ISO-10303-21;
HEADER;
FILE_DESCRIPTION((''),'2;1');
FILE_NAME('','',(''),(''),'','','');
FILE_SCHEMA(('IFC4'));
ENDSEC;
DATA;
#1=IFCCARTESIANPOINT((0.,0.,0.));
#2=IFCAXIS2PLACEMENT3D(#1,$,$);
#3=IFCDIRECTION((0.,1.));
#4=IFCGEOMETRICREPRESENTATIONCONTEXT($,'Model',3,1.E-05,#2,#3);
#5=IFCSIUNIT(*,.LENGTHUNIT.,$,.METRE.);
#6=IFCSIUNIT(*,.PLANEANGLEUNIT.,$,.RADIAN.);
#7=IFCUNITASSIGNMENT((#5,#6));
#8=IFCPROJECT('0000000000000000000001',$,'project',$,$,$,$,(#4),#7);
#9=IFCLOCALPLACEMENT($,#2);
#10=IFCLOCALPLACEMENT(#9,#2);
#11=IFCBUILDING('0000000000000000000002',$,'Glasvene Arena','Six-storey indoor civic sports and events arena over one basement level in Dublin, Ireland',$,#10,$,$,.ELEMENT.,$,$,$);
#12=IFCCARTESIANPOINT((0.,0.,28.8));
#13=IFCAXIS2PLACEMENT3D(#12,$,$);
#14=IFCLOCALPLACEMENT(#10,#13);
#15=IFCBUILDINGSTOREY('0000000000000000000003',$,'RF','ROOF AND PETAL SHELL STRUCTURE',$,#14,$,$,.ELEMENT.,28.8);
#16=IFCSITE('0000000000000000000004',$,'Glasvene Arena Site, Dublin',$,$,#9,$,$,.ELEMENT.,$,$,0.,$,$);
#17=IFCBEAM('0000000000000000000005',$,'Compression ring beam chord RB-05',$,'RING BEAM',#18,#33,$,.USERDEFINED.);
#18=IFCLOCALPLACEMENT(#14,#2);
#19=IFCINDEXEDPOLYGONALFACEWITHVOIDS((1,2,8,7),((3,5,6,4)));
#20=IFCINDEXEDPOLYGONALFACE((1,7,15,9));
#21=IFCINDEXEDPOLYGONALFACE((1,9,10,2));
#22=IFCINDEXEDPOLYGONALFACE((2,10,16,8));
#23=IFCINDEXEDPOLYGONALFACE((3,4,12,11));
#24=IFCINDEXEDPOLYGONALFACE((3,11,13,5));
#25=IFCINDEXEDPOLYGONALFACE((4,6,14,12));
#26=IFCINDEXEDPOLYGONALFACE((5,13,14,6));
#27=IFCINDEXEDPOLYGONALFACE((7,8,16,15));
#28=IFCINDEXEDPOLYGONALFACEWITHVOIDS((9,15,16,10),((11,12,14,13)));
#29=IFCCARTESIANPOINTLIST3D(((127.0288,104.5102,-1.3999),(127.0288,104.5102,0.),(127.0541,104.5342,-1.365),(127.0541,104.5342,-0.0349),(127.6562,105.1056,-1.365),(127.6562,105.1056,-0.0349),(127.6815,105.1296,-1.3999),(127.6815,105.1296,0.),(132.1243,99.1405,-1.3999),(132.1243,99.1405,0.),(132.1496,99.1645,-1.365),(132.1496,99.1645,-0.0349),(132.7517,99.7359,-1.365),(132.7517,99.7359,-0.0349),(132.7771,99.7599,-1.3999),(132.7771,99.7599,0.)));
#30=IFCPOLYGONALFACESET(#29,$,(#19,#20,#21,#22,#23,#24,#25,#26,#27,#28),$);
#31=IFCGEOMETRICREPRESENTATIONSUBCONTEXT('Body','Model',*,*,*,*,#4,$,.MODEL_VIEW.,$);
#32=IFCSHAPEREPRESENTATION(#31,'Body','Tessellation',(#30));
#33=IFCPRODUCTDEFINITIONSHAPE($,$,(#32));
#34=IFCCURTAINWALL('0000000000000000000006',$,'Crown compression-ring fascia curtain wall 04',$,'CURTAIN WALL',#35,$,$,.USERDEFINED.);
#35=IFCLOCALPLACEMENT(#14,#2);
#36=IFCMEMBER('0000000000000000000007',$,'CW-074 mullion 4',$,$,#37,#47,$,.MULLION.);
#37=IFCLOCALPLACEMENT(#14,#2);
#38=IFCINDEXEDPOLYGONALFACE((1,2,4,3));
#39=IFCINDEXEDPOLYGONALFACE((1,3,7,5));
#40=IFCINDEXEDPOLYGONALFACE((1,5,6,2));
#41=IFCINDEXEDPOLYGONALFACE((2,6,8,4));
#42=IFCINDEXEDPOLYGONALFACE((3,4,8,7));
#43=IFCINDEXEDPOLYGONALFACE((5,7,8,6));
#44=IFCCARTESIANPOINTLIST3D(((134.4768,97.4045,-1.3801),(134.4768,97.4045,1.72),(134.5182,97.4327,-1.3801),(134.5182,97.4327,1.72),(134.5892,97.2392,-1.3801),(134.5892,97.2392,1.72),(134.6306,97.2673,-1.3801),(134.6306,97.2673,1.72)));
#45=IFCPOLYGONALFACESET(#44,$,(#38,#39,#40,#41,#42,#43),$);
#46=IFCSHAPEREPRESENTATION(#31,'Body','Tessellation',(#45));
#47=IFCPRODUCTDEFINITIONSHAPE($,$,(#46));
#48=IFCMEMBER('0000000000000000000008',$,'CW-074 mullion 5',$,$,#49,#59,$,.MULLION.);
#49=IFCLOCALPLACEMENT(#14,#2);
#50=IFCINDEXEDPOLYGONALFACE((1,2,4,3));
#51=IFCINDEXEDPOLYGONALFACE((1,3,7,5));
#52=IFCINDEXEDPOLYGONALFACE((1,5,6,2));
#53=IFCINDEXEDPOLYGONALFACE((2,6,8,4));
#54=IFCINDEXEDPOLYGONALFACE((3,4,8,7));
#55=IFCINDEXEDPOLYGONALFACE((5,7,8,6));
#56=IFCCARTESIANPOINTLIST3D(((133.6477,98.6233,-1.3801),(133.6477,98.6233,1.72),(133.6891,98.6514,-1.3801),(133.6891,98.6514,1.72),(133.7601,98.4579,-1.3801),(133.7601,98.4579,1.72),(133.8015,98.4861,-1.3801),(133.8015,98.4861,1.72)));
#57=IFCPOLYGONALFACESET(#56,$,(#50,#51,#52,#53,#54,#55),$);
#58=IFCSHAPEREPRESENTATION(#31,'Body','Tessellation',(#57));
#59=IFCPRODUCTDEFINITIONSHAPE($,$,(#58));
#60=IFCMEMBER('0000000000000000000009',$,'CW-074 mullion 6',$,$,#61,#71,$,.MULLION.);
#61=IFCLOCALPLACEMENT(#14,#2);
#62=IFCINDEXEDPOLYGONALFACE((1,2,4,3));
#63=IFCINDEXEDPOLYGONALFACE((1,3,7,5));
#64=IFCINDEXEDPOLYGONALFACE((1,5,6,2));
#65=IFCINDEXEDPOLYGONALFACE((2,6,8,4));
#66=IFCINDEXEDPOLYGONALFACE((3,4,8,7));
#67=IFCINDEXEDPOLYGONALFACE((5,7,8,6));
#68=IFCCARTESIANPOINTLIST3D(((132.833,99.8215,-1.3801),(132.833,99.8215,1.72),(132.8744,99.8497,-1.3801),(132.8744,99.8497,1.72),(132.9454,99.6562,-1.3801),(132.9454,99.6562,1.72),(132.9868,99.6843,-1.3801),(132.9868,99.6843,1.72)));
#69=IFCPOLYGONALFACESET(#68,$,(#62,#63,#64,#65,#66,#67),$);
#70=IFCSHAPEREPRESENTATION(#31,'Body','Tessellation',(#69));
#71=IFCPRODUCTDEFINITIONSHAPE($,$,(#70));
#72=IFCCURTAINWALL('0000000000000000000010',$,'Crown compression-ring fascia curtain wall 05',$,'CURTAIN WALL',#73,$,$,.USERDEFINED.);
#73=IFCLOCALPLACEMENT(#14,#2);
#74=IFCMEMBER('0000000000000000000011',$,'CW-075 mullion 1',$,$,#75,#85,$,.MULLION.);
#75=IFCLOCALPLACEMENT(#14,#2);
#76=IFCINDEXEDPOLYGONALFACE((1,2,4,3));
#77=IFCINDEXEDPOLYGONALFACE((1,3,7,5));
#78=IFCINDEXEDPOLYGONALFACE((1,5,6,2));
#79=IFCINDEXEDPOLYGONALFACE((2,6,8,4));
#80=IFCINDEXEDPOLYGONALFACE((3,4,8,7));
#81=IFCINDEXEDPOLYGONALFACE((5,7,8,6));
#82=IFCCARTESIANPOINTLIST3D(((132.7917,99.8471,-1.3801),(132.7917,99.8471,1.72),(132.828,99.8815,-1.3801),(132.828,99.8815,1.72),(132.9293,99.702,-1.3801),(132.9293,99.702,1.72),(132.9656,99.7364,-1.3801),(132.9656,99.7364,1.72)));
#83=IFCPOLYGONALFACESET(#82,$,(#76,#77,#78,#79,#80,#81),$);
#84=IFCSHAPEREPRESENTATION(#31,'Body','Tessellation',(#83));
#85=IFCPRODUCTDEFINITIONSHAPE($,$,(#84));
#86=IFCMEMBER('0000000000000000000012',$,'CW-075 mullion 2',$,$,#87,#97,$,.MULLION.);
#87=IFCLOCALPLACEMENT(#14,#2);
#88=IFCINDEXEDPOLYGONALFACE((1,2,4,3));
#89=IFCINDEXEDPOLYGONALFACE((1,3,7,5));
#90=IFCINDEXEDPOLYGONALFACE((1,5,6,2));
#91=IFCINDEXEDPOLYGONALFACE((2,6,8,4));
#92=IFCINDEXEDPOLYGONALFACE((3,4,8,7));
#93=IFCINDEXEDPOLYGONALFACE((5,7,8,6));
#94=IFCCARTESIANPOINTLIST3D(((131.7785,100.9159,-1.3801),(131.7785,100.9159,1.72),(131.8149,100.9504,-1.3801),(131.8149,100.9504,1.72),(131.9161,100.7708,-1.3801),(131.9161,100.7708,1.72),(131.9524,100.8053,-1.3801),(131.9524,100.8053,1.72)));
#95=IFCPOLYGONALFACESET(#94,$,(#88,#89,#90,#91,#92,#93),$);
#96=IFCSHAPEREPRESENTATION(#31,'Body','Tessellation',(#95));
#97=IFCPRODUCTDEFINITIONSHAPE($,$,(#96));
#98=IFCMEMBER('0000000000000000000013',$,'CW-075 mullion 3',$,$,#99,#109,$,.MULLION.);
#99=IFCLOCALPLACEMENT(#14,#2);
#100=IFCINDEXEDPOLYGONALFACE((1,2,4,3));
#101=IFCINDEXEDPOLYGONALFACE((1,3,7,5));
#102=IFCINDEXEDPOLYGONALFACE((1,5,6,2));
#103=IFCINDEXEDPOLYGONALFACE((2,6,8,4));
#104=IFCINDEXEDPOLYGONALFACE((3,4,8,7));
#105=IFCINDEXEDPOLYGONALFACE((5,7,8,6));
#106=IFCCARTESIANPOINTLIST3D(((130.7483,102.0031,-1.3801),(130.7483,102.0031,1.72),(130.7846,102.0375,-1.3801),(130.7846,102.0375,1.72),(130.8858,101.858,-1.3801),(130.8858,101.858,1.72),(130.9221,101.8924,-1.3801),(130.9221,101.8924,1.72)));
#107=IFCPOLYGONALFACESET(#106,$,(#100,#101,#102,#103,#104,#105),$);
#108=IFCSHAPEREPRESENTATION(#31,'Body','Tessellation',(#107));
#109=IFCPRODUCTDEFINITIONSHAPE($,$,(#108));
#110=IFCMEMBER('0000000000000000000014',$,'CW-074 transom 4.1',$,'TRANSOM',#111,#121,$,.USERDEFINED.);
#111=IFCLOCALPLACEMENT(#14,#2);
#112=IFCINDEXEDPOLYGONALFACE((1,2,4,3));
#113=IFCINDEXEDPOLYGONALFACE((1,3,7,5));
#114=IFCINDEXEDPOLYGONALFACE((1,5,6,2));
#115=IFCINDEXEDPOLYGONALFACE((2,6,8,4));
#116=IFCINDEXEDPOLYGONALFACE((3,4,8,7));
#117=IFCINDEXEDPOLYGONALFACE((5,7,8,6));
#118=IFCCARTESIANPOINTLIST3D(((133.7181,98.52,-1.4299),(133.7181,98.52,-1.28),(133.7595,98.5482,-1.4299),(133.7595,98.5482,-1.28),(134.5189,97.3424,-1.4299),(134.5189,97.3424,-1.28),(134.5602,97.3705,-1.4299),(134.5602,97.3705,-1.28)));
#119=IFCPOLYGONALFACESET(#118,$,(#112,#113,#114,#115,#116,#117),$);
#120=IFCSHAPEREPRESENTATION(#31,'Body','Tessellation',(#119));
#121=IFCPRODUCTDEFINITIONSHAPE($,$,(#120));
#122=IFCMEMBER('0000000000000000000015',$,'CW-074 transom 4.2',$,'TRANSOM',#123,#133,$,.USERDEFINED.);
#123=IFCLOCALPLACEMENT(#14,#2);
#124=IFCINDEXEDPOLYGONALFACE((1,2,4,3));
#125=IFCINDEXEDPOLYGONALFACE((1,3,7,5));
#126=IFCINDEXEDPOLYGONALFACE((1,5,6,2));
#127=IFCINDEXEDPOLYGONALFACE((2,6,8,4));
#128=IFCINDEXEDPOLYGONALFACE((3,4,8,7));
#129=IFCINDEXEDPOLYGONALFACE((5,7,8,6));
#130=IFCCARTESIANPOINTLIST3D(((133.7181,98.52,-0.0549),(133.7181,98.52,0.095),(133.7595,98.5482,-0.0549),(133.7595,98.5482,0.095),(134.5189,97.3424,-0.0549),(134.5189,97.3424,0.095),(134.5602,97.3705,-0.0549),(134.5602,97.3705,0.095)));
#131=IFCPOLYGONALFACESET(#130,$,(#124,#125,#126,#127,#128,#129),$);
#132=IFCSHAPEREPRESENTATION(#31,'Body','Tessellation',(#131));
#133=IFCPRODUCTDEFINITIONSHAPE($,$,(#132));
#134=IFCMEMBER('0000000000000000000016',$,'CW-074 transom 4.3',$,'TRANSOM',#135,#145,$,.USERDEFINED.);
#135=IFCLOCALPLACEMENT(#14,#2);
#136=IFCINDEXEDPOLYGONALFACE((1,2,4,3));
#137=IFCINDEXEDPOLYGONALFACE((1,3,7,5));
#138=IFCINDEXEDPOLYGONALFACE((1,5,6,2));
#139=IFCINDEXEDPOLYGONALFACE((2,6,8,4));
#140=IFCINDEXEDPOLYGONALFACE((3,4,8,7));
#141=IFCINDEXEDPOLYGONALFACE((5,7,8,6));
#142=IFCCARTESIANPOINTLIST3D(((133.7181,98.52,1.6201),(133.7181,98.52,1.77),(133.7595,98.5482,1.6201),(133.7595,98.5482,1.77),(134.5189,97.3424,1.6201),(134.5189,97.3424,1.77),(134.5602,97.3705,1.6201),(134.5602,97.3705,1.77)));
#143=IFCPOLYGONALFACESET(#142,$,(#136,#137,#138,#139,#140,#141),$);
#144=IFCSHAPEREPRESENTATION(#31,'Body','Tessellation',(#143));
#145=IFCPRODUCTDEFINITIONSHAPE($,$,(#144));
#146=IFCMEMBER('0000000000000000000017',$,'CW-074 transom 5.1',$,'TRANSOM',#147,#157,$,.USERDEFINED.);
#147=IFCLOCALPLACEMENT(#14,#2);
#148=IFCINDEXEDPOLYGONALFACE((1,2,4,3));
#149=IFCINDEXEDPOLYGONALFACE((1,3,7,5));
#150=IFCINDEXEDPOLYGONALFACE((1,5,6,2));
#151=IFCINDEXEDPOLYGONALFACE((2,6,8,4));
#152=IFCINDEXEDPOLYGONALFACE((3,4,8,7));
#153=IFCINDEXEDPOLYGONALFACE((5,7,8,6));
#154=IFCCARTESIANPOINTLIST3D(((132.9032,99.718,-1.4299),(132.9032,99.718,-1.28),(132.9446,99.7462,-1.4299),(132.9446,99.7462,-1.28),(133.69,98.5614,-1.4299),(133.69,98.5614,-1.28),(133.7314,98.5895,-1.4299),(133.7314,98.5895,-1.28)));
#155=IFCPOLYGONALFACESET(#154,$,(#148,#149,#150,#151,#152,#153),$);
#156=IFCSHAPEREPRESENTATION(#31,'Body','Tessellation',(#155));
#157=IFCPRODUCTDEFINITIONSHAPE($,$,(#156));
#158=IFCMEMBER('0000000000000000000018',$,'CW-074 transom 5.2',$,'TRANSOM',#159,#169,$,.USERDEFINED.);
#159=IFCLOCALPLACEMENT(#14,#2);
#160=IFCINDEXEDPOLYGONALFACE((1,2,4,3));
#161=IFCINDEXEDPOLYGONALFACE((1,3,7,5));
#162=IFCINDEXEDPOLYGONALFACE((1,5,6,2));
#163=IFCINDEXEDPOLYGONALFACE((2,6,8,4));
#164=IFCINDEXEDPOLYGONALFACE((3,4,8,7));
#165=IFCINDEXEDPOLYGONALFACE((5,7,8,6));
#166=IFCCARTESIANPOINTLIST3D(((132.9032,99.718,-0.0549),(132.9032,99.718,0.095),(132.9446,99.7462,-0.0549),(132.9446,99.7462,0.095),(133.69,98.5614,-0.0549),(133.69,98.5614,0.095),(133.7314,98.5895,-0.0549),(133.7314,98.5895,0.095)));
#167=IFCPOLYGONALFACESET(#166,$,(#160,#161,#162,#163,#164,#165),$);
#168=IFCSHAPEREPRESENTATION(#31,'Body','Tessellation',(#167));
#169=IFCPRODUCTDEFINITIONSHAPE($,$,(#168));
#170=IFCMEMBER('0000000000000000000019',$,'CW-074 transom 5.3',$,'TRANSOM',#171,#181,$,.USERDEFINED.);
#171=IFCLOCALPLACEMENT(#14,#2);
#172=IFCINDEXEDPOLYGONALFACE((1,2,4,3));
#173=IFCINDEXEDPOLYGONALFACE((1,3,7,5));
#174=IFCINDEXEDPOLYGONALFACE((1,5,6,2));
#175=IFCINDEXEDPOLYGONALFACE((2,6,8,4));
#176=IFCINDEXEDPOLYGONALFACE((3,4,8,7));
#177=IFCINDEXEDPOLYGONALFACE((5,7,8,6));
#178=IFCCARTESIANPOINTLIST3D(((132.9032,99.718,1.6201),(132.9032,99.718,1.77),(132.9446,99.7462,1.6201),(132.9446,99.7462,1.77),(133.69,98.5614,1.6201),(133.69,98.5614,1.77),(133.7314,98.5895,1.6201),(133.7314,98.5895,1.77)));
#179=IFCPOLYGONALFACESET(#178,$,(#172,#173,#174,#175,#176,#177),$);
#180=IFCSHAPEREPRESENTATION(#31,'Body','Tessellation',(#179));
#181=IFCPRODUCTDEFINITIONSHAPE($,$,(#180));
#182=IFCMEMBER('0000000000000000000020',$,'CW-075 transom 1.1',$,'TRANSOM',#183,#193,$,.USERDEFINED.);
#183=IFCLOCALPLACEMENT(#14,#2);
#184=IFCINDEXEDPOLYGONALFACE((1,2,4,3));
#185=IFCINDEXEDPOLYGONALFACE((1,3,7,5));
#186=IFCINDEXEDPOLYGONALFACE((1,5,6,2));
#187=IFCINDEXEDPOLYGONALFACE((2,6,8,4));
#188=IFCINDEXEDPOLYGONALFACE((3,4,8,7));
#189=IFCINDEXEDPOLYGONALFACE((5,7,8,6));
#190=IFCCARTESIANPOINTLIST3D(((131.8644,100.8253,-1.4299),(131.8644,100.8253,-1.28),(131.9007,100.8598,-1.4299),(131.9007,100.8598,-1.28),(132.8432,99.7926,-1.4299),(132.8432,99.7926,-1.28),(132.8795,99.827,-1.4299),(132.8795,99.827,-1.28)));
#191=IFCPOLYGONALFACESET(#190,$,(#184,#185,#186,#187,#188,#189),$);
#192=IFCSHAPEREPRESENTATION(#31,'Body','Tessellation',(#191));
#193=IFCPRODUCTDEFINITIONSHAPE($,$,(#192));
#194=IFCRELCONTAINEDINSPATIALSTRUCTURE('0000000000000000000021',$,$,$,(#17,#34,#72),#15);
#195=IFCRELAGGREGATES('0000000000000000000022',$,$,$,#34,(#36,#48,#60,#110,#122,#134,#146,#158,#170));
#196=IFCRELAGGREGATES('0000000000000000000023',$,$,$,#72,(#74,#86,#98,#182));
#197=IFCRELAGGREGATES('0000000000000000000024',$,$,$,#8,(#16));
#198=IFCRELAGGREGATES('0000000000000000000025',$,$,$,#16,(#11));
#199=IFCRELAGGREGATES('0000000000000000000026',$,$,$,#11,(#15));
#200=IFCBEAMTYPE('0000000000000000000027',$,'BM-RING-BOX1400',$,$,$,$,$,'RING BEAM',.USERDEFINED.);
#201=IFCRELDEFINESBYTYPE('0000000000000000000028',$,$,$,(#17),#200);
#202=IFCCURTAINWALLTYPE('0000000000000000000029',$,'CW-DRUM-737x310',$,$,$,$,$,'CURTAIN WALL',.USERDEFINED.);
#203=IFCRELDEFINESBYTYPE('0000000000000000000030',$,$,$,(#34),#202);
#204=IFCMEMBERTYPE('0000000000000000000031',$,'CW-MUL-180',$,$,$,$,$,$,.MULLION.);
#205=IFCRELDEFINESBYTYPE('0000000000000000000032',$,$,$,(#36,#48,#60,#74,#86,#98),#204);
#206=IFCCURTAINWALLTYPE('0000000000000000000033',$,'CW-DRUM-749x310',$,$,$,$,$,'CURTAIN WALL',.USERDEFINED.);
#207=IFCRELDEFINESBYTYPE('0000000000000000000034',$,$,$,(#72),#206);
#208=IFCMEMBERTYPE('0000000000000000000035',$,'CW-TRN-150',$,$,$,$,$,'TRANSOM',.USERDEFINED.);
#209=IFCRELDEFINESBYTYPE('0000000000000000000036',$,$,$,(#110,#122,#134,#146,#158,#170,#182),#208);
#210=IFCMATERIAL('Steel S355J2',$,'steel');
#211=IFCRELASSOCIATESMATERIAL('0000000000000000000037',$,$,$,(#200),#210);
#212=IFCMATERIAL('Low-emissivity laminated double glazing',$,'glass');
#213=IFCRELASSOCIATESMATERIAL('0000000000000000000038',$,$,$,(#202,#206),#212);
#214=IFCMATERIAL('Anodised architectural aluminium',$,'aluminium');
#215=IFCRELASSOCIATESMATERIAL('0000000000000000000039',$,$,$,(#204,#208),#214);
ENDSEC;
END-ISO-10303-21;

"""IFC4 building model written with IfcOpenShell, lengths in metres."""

from ifc_helpers import new_model, si_unit, direction, frame, origin, origin_2d, place, context, subcontext, project, spatial, rectangle, hollow_rectangle, extrude, material, material_profile, profile_set, type_object, element, aggregate, save


model = new_model("IFC4")

# Units and contexts
model_context = context("Model", 3, precision=1e-05, world=origin(), true_north=direction((0.0, 1.0)))
body_context = subcontext(model_context, "Body", "Model", "MODEL_VIEW")
ifc_project = project(units=[si_unit("LENGTHUNIT", "METRE"), si_unit("PLANEANGLEUNIT", "RADIAN")], contexts=[model_context])

# Site, building, storey
site_placement = place(None, origin())
site = spatial("IfcSite", under=ifc_project, at=site_placement, Name="Glasvene Arena Site, Dublin", CompositionType="ELEMENT", RefElevation=0.0)
building_placement = place(site_placement, origin())
building = spatial("IfcBuilding", under=site, at=building_placement, Name="Glasvene Arena", Description="Six-storey indoor civic sports and events arena over one basement level in Dublin, Ireland", CompositionType="ELEMENT")
storey_placement = place(building_placement, frame((0.0, 0.0, 28.8)))
storey = spatial("IfcBuildingStorey", under=building, at=storey_placement, Name="RF", Description="ROOF AND PETAL SHELL STRUCTURE", CompositionType="ELEMENT", Elevation=28.8)

# Beam
ifc_material_1 = material(Name="Steel S355J2", Category="steel")
ifc_material_profile_1 = material_profile(ifc_material_1, hollow_rectangle(XDim=0.8999, YDim=1.3999, WallThickness=0.0349, at=origin_2d()), Name="WBOX 900x1400x35")
ifc_profile_set_1 = profile_set([ifc_material_profile_1], Name="Steel S355J2")
beam_type = type_object("IfcBeamType", Name="BM-RING-BOX1400", ElementType="RING BEAM", PredefinedType="USERDEFINED", material=ifc_profile_set_1)
beam_placement = place(storey_placement, frame((132.4507, 99.4502, -0.7), z_axis=(-0.688345, 0.725383, 0.0), x_axis=(-0.725383, -0.688345, 0.0)))
element("IfcBeam", 1, at=beam_placement, inside=storey, type_object=beam_type, Name="Compression ring beam chord RB-05", ObjectType="RING BEAM", PredefinedType="USERDEFINED", context=body_context, shape_type="SweptSolid", body=[
    extrude(hollow_rectangle(XDim=0.8999, YDim=1.3999, WallThickness=0.0349, at=origin_2d()), origin(), (0.0, 0.0, 1.0), 7.4026),
])

# Curtain walls, members
ifc_material_2 = material(Name="Low-emissivity laminated double glazing", Category="glass")
curtain_wall_type_1 = type_object("IfcCurtainWallType", Name="CW-DRUM-737x310", ElementType="CURTAIN WALL", PredefinedType="USERDEFINED", material=ifc_material_2)
curtain_wall_1_placement = place(storey_placement, frame((137.0403, 93.6792, 0.0)))
curtain_wall_1 = element("IfcCurtainWall", 2, at=curtain_wall_1_placement, inside=storey, type_object=curtain_wall_type_1, Name="Crown compression-ring fascia curtain wall 04", ObjectType="CURTAIN WALL", PredefinedType="USERDEFINED")
ifc_material_3 = material(Name="Anodised architectural aluminium", Category="aluminium")
ifc_material_profile_2 = material_profile(ifc_material_3, rectangle(XDim=0.05, YDim=0.2, at=origin_2d()), Name="ALU MULLION 50x200")
ifc_profile_set_2 = profile_set([ifc_material_profile_2], Name="Anodised architectural aluminium")
member_type_1 = type_object("IfcMemberType", Name="CW-MUL-180", PredefinedType="MULLION", material=ifc_profile_set_2)
member_1_placement = place(storey_placement, frame((134.5537, 97.3359, -1.3801), z_axis=(0.0, 0.0, 1.0), x_axis=(-0.826896, -0.562354, 0.0)))
member_1 = element("IfcMember", 3, at=member_1_placement, type_object=member_type_1, Name="CW-074 mullion 4", PredefinedType="MULLION", context=body_context, shape_type="SweptSolid", body=[
    extrude(rectangle(XDim=0.05, YDim=0.2, at=origin_2d()), origin(), (0.0, 0.0, 1.0), 3.1001),
])
member_2_placement = place(storey_placement, frame((133.7246, 98.5547, -1.3801), z_axis=(0.0, 0.0, 1.0), x_axis=(-0.826896, -0.562354, 0.0)))
member_2 = element("IfcMember", 4, at=member_2_placement, type_object=member_type_1, Name="CW-074 mullion 5", PredefinedType="MULLION", context=body_context, shape_type="SweptSolid", body=[
    extrude(rectangle(XDim=0.05, YDim=0.2, at=origin_2d()), origin(), (0.0, 0.0, 1.0), 3.1001),
])
member_3_placement = place(storey_placement, frame((132.9099, 99.7529, -1.3801), z_axis=(0.0, 0.0, 1.0), x_axis=(-0.826896, -0.562354, 0.0)))
member_3 = element("IfcMember", 5, at=member_3_placement, type_object=member_type_1, Name="CW-074 mullion 6", PredefinedType="MULLION", context=body_context, shape_type="SweptSolid", body=[
    extrude(rectangle(XDim=0.05, YDim=0.2, at=origin_2d()), origin(), (0.0, 0.0, 1.0), 3.1001),
])
curtain_wall_type_2 = type_object("IfcCurtainWallType", Name="CW-DRUM-749x310", ElementType="CURTAIN WALL", PredefinedType="USERDEFINED", material=ifc_material_2)
curtain_wall_2_placement = place(storey_placement, frame((132.8958, 99.7737, 0.0)))
curtain_wall_2 = element("IfcCurtainWall", 6, at=curtain_wall_2_placement, inside=storey, type_object=curtain_wall_type_2, Name="Crown compression-ring fascia curtain wall 05", ObjectType="CURTAIN WALL", PredefinedType="USERDEFINED")
member_4_placement = place(storey_placement, frame((132.8787, 99.7917, -1.3801), z_axis=(0.0, 0.0, 1.0), x_axis=(-0.725782, -0.687925, 0.0)))
member_4 = element("IfcMember", 7, at=member_4_placement, type_object=member_type_1, Name="CW-075 mullion 1", PredefinedType="MULLION", context=body_context, shape_type="SweptSolid", body=[
    extrude(rectangle(XDim=0.05, YDim=0.2, at=origin_2d()), origin(), (0.0, 0.0, 1.0), 3.1001),
])
member_5_placement = place(storey_placement, frame((131.8655, 100.8606, -1.3801), z_axis=(0.0, 0.0, 1.0), x_axis=(-0.725782, -0.687925, 0.0)))
member_5 = element("IfcMember", 8, at=member_5_placement, type_object=member_type_1, Name="CW-075 mullion 2", PredefinedType="MULLION", context=body_context, shape_type="SweptSolid", body=[
    extrude(rectangle(XDim=0.05, YDim=0.2, at=origin_2d()), origin(), (0.0, 0.0, 1.0), 3.1001),
])
member_6_placement = place(storey_placement, frame((130.8352, 101.9478, -1.3801), z_axis=(0.0, 0.0, 1.0), x_axis=(-0.725782, -0.687925, 0.0)))
member_6 = element("IfcMember", 9, at=member_6_placement, type_object=member_type_1, Name="CW-075 mullion 3", PredefinedType="MULLION", context=body_context, shape_type="SweptSolid", body=[
    extrude(rectangle(XDim=0.05, YDim=0.2, at=origin_2d()), origin(), (0.0, 0.0, 1.0), 3.1001),
])

# Members
ifc_material_profile_3 = material_profile(ifc_material_3, rectangle(XDim=0.05, YDim=0.1499, at=origin_2d()), Name="ALU TRANSOM 50x150")
ifc_profile_set_3 = profile_set([ifc_material_profile_3], Name="Anodised architectural aluminium")
member_type_2 = type_object("IfcMemberType", Name="CW-TRN-150", ElementType="TRANSOM", PredefinedType="USERDEFINED", material=ifc_profile_set_3)
member_7_placement = place(storey_placement, frame((134.5396, 97.3564, -1.355), z_axis=(-0.562273, 0.826952, 0.0), x_axis=(-0.826952, -0.562273, 0.0)))
member_7 = element("IfcMember", 10, at=member_7_placement, type_object=member_type_2, Name="CW-074 transom 4.1", ObjectType="TRANSOM", PredefinedType="USERDEFINED", context=body_context, shape_type="SweptSolid", body=[
    extrude(rectangle(XDim=0.05, YDim=0.1499, at=origin_2d()), origin(), (0.0, 0.0, 1.0), 1.4241),
])
member_8_placement = place(storey_placement, frame((134.5396, 97.3564, 0.02), z_axis=(-0.562273, 0.826952, 0.0), x_axis=(-0.826952, -0.562273, 0.0)))
member_8 = element("IfcMember", 11, at=member_8_placement, type_object=member_type_2, Name="CW-074 transom 4.2", ObjectType="TRANSOM", PredefinedType="USERDEFINED", context=body_context, shape_type="SweptSolid", body=[
    extrude(rectangle(XDim=0.05, YDim=0.1499, at=origin_2d()), origin(), (0.0, 0.0, 1.0), 1.4241),
])
member_9_placement = place(storey_placement, frame((134.5396, 97.3564, 1.6951), z_axis=(-0.562273, 0.826952, 0.0), x_axis=(-0.826952, -0.562273, 0.0)))
member_9 = element("IfcMember", 12, at=member_9_placement, type_object=member_type_2, Name="CW-074 transom 4.3", ObjectType="TRANSOM", PredefinedType="USERDEFINED", context=body_context, shape_type="SweptSolid", body=[
    extrude(rectangle(XDim=0.05, YDim=0.1499, at=origin_2d()), origin(), (0.0, 0.0, 1.0), 1.4241),
])
member_10_placement = place(storey_placement, frame((133.7107, 98.5754, -1.355), z_axis=(-0.562448, 0.826832, 0.0), x_axis=(-0.826832, -0.562448, 0.0)))
member_10 = element("IfcMember", 13, at=member_10_placement, type_object=member_type_2, Name="CW-074 transom 5.1", ObjectType="TRANSOM", PredefinedType="USERDEFINED", context=body_context, shape_type="SweptSolid", body=[
    extrude(rectangle(XDim=0.05, YDim=0.1499, at=origin_2d()), origin(), (0.0, 0.0, 1.0), 1.3989),
])
member_11_placement = place(storey_placement, frame((133.7107, 98.5754, 0.02), z_axis=(-0.562448, 0.826832, 0.0), x_axis=(-0.826832, -0.562448, 0.0)))
member_11 = element("IfcMember", 14, at=member_11_placement, type_object=member_type_2, Name="CW-074 transom 5.2", ObjectType="TRANSOM", PredefinedType="USERDEFINED", context=body_context, shape_type="SweptSolid", body=[
    extrude(rectangle(XDim=0.05, YDim=0.1499, at=origin_2d()), origin(), (0.0, 0.0, 1.0), 1.3989),
])
member_12_placement = place(storey_placement, frame((133.7107, 98.5754, 1.6951), z_axis=(-0.562448, 0.826832, 0.0), x_axis=(-0.826832, -0.562448, 0.0)))
member_12 = element("IfcMember", 15, at=member_12_placement, type_object=member_type_2, Name="CW-074 transom 5.3", ObjectType="TRANSOM", PredefinedType="USERDEFINED", context=body_context, shape_type="SweptSolid", body=[
    extrude(rectangle(XDim=0.05, YDim=0.1499, at=origin_2d()), origin(), (0.0, 0.0, 1.0), 1.3989),
])
member_13_placement = place(storey_placement, frame((132.8613, 99.8098, -1.355), z_axis=(-0.687892, 0.725813, 0.0), x_axis=(-0.725813, -0.687892, 0.0)))
member_13 = element("IfcMember", 16, at=member_13_placement, type_object=member_type_2, Name="CW-075 transom 1.1", ObjectType="TRANSOM", PredefinedType="USERDEFINED", context=body_context, shape_type="SweptSolid", body=[
    extrude(rectangle(XDim=0.05, YDim=0.1499, at=origin_2d()), origin(), (0.0, 0.0, 1.0), 1.4229),
])

aggregate(curtain_wall_1, [member_1, member_2, member_3, member_7, member_8, member_9, member_10, member_11, member_12])
aggregate(curtain_wall_2, [member_4, member_5, member_6, member_13])

save(model, "model.ifc")
